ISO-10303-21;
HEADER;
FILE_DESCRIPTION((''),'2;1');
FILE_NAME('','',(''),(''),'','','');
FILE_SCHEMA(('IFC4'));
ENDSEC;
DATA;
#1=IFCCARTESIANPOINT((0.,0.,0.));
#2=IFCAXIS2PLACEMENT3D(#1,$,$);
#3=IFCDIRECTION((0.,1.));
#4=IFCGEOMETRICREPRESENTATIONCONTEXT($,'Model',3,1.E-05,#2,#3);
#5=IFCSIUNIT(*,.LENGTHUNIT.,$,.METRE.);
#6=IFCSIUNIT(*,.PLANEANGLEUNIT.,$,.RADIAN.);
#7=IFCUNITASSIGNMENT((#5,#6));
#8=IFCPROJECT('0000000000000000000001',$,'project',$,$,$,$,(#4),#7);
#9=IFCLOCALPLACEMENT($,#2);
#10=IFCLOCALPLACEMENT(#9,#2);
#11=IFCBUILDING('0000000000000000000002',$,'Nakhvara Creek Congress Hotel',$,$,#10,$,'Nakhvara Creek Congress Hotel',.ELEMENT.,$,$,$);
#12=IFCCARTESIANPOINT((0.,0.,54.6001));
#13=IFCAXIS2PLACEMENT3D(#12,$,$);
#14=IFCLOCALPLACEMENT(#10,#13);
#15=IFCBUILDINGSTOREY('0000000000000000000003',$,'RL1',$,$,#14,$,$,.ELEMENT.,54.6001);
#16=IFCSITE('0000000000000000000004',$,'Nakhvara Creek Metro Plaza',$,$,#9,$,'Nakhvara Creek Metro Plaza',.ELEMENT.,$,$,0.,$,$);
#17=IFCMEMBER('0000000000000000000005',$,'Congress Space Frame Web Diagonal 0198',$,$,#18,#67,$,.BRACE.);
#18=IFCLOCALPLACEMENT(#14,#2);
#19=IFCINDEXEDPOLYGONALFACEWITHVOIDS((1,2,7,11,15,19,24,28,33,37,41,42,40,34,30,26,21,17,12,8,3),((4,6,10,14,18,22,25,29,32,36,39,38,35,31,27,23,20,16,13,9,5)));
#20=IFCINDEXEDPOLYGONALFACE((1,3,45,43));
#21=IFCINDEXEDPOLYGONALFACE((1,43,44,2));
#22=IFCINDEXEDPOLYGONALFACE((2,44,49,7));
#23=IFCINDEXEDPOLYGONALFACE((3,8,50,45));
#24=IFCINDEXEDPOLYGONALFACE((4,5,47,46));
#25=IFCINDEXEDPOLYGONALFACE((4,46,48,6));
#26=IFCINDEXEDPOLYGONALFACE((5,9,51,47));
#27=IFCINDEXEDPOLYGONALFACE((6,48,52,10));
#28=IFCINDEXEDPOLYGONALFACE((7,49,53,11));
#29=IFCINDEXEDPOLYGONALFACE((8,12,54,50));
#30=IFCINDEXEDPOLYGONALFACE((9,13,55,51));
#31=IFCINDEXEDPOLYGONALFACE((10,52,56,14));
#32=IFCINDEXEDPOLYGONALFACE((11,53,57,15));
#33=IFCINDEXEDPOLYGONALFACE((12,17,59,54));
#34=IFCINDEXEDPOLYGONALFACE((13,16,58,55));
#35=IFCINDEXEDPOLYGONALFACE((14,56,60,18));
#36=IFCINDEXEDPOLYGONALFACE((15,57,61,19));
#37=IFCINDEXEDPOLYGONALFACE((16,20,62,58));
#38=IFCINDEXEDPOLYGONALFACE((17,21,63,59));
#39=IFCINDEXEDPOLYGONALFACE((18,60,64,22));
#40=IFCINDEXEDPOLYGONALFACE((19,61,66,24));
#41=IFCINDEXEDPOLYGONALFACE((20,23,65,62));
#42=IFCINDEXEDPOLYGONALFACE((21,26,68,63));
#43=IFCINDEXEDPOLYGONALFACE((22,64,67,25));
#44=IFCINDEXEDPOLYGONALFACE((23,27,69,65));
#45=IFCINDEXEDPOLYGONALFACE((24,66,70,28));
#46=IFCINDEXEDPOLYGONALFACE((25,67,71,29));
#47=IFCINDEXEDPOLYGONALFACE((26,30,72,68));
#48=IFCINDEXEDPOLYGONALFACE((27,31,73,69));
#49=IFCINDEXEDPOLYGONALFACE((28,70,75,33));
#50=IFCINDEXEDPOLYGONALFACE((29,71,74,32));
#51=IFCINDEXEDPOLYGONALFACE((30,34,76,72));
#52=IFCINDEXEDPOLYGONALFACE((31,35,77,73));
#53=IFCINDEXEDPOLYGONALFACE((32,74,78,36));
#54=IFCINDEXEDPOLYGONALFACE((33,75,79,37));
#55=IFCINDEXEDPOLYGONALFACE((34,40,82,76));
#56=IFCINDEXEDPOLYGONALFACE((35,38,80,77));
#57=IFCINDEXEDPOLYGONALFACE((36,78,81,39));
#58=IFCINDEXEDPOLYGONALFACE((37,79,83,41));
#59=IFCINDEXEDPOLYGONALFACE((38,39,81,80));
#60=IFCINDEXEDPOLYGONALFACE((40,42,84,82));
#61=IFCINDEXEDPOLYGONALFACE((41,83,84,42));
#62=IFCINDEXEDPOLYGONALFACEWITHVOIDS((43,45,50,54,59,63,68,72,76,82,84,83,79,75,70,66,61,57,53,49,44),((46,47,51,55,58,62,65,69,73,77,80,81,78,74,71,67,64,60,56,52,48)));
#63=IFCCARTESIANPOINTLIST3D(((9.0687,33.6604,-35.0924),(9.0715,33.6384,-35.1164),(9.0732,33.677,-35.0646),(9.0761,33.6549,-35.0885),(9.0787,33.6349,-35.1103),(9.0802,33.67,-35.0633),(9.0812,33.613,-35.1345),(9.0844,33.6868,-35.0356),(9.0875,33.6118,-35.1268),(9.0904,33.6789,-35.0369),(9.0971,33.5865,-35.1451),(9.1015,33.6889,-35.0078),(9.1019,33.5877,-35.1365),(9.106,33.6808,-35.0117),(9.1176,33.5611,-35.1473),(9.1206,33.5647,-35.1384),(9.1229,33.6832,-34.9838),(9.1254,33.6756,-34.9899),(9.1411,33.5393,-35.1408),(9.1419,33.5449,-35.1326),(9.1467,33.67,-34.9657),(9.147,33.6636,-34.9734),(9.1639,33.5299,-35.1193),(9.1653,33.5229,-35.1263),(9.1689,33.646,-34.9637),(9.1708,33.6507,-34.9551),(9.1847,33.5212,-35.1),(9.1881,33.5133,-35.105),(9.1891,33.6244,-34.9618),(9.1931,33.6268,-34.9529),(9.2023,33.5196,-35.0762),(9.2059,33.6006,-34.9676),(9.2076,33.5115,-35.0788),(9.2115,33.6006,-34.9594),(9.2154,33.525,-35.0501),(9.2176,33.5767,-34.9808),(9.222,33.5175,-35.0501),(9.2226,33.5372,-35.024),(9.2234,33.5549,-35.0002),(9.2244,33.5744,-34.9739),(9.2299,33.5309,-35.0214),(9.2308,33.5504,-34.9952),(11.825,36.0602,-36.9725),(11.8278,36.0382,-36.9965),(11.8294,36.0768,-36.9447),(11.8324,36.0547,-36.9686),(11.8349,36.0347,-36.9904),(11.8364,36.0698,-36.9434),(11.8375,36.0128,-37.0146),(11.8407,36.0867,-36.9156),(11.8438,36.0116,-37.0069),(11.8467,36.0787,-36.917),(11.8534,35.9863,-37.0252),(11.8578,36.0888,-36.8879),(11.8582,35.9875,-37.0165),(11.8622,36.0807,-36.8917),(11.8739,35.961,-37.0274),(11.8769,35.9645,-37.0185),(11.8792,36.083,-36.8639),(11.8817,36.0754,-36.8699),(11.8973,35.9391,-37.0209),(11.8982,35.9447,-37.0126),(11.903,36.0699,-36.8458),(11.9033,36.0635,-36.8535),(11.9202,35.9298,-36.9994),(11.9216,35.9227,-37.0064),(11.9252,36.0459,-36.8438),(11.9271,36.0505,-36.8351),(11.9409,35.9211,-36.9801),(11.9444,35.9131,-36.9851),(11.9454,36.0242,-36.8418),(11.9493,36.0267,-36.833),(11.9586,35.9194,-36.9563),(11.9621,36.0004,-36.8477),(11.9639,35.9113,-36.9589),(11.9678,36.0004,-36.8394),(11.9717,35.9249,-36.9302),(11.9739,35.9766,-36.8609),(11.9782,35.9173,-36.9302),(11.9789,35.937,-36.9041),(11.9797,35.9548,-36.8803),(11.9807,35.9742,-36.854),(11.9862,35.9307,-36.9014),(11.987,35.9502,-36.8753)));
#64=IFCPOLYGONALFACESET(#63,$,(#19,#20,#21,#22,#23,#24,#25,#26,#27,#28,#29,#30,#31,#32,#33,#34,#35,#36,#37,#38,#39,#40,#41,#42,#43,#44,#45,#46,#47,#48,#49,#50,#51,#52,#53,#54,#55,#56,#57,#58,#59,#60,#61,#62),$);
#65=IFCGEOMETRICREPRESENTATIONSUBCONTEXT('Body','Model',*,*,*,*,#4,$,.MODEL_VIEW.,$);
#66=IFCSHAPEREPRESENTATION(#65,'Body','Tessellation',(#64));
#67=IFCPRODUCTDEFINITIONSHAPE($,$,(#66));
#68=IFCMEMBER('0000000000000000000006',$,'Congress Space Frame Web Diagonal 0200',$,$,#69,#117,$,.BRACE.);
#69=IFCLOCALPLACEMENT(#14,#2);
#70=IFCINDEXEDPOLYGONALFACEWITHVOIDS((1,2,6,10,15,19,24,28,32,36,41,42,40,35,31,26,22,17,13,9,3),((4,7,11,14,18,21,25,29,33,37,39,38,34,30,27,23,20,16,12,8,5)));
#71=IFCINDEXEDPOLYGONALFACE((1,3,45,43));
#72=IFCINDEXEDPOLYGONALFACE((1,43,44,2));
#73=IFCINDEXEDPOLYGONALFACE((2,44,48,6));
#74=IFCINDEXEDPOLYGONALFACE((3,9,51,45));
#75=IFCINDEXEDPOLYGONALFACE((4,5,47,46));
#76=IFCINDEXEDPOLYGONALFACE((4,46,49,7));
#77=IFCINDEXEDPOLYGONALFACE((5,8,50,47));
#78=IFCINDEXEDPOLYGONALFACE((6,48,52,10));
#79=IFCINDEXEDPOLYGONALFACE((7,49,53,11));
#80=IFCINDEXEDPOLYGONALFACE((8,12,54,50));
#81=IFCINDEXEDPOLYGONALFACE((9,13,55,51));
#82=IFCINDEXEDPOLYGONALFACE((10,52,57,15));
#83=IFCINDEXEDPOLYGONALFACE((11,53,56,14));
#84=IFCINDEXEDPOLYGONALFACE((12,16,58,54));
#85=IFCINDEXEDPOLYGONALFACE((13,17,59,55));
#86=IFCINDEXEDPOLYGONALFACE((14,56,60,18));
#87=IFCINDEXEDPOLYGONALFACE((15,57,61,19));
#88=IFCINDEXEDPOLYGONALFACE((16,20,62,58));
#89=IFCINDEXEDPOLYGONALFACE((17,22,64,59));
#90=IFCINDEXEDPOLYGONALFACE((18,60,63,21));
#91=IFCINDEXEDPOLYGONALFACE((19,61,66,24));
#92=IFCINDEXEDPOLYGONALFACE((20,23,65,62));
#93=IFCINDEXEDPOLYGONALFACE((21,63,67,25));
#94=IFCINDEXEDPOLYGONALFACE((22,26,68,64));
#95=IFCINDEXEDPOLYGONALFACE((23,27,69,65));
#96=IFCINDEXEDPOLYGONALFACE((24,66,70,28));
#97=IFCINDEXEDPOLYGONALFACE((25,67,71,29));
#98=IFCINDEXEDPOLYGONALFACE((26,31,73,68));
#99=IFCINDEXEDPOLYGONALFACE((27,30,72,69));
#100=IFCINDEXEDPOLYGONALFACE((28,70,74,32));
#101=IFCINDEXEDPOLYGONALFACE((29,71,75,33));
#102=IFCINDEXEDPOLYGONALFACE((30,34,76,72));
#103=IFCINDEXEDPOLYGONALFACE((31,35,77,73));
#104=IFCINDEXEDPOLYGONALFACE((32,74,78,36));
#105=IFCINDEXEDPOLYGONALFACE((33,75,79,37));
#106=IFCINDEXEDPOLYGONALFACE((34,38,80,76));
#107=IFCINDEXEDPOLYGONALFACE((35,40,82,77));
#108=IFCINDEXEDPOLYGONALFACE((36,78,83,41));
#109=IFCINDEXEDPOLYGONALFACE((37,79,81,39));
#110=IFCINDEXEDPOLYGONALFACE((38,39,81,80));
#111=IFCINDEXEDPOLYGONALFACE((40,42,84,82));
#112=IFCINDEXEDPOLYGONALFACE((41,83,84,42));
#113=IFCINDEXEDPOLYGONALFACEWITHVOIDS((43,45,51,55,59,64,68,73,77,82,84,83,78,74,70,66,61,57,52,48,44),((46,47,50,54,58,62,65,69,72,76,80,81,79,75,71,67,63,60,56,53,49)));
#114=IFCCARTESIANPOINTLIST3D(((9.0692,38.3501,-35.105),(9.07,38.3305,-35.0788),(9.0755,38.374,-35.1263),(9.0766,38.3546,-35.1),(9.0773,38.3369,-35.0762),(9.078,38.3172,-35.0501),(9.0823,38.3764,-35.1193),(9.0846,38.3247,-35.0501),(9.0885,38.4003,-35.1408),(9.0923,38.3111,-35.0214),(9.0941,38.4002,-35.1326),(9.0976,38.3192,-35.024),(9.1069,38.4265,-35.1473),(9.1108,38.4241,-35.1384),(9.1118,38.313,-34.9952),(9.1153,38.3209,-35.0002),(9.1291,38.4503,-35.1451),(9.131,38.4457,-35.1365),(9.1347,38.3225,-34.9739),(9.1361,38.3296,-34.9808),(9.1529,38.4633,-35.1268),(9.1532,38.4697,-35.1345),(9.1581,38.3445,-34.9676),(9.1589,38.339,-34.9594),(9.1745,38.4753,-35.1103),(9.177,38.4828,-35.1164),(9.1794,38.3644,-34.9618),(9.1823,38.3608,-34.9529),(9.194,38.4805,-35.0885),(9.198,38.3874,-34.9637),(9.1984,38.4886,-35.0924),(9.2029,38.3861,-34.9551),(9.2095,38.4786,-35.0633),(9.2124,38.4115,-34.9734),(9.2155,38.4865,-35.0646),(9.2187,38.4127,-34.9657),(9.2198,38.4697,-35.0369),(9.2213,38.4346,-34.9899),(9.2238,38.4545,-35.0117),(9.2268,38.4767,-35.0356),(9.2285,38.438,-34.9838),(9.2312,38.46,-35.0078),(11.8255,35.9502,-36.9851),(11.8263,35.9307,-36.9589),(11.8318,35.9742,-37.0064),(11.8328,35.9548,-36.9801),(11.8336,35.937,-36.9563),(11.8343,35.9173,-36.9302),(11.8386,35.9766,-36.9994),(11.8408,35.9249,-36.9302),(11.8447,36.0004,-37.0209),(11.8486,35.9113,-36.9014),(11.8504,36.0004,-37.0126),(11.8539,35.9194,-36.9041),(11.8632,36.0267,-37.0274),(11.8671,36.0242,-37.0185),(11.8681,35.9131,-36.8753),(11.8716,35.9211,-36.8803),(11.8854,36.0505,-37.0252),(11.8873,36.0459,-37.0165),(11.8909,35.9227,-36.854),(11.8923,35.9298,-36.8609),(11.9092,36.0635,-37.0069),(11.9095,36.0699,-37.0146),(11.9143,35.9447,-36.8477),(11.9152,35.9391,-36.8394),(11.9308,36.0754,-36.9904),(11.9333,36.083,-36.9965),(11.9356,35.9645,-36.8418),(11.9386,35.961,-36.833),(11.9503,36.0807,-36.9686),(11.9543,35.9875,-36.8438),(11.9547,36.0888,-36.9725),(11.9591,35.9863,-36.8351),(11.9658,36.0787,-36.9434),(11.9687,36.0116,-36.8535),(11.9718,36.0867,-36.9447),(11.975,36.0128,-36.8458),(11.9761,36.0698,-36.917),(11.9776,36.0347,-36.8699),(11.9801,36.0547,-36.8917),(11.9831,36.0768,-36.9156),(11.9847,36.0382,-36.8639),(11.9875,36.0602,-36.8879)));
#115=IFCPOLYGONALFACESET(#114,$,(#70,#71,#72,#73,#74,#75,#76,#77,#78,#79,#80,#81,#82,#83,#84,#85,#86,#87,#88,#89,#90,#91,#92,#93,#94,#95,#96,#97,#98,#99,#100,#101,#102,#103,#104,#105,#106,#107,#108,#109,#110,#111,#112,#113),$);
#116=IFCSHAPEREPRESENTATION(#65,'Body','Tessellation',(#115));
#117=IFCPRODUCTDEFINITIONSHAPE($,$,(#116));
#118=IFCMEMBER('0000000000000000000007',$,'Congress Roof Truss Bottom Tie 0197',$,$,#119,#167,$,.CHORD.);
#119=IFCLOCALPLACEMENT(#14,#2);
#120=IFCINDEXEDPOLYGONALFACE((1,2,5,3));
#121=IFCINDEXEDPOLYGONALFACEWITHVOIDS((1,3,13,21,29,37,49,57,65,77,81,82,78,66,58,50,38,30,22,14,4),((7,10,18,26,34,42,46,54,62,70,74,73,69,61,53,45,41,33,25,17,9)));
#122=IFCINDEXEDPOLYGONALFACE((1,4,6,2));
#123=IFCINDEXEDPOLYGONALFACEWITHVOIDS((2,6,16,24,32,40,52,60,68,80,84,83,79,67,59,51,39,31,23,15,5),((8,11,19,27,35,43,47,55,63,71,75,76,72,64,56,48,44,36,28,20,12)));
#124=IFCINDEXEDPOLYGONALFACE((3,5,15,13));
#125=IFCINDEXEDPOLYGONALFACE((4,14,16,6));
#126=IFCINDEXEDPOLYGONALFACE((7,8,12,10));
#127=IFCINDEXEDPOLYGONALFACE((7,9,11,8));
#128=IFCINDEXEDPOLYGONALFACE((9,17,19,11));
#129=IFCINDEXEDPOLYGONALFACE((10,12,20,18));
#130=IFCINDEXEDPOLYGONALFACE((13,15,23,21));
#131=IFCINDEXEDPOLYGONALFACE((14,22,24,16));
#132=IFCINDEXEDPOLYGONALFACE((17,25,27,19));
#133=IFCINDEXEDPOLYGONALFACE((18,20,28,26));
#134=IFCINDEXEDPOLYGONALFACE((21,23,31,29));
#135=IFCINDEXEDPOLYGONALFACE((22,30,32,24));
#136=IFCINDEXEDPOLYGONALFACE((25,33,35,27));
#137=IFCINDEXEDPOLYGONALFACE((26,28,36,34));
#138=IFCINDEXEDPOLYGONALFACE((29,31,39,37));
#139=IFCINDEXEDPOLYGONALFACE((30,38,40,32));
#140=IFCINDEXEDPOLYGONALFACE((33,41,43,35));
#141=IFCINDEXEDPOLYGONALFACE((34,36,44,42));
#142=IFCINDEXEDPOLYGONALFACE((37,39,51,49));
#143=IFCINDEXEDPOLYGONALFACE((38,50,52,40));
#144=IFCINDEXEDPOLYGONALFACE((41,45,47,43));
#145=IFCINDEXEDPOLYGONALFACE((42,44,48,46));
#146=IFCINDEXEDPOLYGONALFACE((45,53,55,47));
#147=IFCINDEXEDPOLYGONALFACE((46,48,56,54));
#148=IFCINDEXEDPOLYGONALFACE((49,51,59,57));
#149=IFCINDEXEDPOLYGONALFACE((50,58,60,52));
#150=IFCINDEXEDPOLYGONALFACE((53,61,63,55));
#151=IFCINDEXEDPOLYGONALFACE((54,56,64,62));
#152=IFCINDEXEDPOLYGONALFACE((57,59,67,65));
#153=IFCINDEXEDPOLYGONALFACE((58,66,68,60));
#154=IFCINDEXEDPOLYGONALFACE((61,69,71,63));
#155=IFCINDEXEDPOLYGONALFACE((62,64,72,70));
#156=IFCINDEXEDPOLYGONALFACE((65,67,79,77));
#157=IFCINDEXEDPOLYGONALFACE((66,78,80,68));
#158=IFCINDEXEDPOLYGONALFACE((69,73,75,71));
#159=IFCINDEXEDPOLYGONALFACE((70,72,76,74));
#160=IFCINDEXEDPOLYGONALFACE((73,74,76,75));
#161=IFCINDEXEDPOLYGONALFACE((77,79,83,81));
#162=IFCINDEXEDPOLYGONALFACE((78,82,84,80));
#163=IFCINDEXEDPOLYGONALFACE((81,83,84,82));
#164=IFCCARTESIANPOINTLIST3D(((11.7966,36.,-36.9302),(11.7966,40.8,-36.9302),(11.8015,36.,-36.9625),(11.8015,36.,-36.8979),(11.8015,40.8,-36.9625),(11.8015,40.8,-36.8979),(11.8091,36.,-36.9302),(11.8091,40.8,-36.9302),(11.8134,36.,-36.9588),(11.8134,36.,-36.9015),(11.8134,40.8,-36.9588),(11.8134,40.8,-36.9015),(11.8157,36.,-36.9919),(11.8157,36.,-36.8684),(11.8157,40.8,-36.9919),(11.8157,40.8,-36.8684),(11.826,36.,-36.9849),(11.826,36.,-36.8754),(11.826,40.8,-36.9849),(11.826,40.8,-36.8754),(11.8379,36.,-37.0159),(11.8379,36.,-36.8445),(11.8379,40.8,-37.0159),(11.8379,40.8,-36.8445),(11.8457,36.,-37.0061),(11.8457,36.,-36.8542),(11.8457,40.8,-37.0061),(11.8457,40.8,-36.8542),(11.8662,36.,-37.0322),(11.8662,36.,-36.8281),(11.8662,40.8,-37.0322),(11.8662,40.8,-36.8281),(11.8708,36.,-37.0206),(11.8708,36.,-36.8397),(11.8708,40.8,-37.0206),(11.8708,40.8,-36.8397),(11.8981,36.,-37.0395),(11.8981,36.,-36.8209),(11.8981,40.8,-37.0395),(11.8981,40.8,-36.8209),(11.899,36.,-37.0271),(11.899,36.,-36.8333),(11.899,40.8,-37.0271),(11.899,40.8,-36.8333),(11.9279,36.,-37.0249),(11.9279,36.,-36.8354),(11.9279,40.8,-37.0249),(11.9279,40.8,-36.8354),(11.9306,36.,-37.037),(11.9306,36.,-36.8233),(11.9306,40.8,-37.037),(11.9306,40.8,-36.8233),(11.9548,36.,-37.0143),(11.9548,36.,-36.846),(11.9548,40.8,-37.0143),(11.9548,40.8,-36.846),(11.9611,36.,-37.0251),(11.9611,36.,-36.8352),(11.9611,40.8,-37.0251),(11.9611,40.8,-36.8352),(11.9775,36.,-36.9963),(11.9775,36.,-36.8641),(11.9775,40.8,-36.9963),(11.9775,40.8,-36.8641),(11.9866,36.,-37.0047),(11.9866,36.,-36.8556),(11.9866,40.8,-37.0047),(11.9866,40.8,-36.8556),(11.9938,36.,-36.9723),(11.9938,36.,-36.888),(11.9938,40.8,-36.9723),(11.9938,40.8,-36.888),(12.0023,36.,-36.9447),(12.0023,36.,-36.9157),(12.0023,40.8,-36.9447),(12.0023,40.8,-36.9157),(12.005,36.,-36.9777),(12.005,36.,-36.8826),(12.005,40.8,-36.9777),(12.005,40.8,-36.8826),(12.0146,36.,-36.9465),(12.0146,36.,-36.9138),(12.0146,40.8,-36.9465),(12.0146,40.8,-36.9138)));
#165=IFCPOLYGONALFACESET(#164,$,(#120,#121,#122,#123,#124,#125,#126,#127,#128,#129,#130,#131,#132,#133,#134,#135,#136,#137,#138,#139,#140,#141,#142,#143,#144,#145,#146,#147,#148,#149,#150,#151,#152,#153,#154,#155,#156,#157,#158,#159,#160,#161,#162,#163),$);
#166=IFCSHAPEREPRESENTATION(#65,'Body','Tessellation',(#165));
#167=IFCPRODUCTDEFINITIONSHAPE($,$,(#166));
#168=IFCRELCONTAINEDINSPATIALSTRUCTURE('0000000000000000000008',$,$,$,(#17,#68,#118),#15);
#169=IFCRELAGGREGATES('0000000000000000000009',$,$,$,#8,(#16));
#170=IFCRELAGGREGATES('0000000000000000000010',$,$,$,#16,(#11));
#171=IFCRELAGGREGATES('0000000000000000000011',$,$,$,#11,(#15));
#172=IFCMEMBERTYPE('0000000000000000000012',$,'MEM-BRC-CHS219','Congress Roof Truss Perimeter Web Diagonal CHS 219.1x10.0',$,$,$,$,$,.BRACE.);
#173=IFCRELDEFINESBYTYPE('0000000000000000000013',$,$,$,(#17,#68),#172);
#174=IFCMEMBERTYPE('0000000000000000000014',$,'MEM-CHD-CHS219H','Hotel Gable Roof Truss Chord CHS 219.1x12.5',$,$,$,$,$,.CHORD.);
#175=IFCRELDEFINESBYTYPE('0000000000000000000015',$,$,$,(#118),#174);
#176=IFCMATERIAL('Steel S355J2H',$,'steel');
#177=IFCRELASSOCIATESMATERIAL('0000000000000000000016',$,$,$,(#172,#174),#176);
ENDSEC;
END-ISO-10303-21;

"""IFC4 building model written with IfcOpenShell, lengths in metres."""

from ifc_helpers import new_model, si_unit, direction, frame, origin, origin_2d, place, context, subcontext, project, spatial, hollow_circle, extrude, material, material_profile, profile_set, type_object, element, save


model = new_model("IFC4")

# Units and contexts
model_context = context("Model", 3, precision=1e-05, world=origin(), true_north=direction((0.0, 1.0)))
body_context = subcontext(model_context, "Body", "Model", "MODEL_VIEW")
ifc_project = project(units=[si_unit("LENGTHUNIT", "METRE"), si_unit("PLANEANGLEUNIT", "RADIAN")], contexts=[model_context])

# Site, building, storey
site_placement = place(None, origin())
site = spatial("IfcSite", under=ifc_project, at=site_placement, Name="Nakhvara Creek Metro Plaza", LongName="Nakhvara Creek Metro Plaza", CompositionType="ELEMENT", RefElevation=0.0)
building_placement = place(site_placement, origin())
building = spatial("IfcBuilding", under=site, at=building_placement, Name="Nakhvara Creek Congress Hotel", LongName="Nakhvara Creek Congress Hotel", CompositionType="ELEMENT")
storey_placement = place(building_placement, frame((0.0, 0.0, 54.6001)))
storey = spatial("IfcBuildingStorey", under=building, at=storey_placement, Name="RL1", CompositionType="ELEMENT", Elevation=54.6001)

# Members
ifc_material_1 = material(Name="Steel S355J2H", Category="steel")
ifc_material_profile_1 = material_profile(ifc_material_1, hollow_circle(Radius=0.1096, WallThickness=0.01, at=origin_2d()), Name="CHS 219.1x10.0", Category="LoadBearing")
ifc_profile_set_1 = profile_set([ifc_material_profile_1], Name="Steel S355J2H")
member_type_1 = type_object("IfcMemberType", Name="MEM-BRC-CHS219", Description="Congress Roof Truss Perimeter Web Diagonal CHS 219.1x10.0", PredefinedType="BRACE", material=ifc_profile_set_1)
for number, where, z_axis, x_axis, name in (
    (1, (11.9062, 36.0, -36.9302), (-0.670649, -0.583922, 0.457455), (0.656658, -0.754188, 0.0), "Congress Space Frame Web Diagonal 0198"),
    (2, (11.9062, 36.0, -36.9302), (-0.670649, 0.583922, 0.457455), (-0.656658, -0.754188, 0.0), "Congress Space Frame Web Diagonal 0200"),
):
    element("IfcMember", number, at=place(storey_placement, frame(where, z_axis=z_axis, x_axis=x_axis)), inside=storey, type_object=member_type_1, Name=name, PredefinedType="BRACE", context=body_context, shape_type="SweptSolid", body=[
        extrude(hollow_circle(Radius=0.1096, WallThickness=0.01, at=origin_2d()), origin(), (0.0, 0.0, 1.0), 4.1099),
    ])
ifc_material_profile_2 = material_profile(ifc_material_1, hollow_circle(Radius=0.1096, WallThickness=0.0125, at=origin_2d()), Name="CHS 219.1x12.5", Category="LoadBearing")
ifc_profile_set_2 = profile_set([ifc_material_profile_2], Name="Steel S355J2H")
member_type_2 = type_object("IfcMemberType", Name="MEM-CHD-CHS219H", Description="Hotel Gable Roof Truss Chord CHS 219.1x12.5", PredefinedType="CHORD", material=ifc_profile_set_2)
for number, where, z_axis, x_axis, name in (
    (3, (11.9062, 36.0, -36.9302), (0.0, 1.0, 0.0), (-1.0, 0.0, 0.0), "Congress Roof Truss Bottom Tie 0197"),
):
    element("IfcMember", number, at=place(storey_placement, frame(where, z_axis=z_axis, x_axis=x_axis)), inside=storey, type_object=member_type_2, Name=name, PredefinedType="CHORD", context=body_context, shape_type="SweptSolid", body=[
        extrude(hollow_circle(Radius=0.1096, WallThickness=0.0125, at=origin_2d()), origin(), (0.0, 0.0, 1.0), 4.8),
    ])

save(model, "model.ifc")
